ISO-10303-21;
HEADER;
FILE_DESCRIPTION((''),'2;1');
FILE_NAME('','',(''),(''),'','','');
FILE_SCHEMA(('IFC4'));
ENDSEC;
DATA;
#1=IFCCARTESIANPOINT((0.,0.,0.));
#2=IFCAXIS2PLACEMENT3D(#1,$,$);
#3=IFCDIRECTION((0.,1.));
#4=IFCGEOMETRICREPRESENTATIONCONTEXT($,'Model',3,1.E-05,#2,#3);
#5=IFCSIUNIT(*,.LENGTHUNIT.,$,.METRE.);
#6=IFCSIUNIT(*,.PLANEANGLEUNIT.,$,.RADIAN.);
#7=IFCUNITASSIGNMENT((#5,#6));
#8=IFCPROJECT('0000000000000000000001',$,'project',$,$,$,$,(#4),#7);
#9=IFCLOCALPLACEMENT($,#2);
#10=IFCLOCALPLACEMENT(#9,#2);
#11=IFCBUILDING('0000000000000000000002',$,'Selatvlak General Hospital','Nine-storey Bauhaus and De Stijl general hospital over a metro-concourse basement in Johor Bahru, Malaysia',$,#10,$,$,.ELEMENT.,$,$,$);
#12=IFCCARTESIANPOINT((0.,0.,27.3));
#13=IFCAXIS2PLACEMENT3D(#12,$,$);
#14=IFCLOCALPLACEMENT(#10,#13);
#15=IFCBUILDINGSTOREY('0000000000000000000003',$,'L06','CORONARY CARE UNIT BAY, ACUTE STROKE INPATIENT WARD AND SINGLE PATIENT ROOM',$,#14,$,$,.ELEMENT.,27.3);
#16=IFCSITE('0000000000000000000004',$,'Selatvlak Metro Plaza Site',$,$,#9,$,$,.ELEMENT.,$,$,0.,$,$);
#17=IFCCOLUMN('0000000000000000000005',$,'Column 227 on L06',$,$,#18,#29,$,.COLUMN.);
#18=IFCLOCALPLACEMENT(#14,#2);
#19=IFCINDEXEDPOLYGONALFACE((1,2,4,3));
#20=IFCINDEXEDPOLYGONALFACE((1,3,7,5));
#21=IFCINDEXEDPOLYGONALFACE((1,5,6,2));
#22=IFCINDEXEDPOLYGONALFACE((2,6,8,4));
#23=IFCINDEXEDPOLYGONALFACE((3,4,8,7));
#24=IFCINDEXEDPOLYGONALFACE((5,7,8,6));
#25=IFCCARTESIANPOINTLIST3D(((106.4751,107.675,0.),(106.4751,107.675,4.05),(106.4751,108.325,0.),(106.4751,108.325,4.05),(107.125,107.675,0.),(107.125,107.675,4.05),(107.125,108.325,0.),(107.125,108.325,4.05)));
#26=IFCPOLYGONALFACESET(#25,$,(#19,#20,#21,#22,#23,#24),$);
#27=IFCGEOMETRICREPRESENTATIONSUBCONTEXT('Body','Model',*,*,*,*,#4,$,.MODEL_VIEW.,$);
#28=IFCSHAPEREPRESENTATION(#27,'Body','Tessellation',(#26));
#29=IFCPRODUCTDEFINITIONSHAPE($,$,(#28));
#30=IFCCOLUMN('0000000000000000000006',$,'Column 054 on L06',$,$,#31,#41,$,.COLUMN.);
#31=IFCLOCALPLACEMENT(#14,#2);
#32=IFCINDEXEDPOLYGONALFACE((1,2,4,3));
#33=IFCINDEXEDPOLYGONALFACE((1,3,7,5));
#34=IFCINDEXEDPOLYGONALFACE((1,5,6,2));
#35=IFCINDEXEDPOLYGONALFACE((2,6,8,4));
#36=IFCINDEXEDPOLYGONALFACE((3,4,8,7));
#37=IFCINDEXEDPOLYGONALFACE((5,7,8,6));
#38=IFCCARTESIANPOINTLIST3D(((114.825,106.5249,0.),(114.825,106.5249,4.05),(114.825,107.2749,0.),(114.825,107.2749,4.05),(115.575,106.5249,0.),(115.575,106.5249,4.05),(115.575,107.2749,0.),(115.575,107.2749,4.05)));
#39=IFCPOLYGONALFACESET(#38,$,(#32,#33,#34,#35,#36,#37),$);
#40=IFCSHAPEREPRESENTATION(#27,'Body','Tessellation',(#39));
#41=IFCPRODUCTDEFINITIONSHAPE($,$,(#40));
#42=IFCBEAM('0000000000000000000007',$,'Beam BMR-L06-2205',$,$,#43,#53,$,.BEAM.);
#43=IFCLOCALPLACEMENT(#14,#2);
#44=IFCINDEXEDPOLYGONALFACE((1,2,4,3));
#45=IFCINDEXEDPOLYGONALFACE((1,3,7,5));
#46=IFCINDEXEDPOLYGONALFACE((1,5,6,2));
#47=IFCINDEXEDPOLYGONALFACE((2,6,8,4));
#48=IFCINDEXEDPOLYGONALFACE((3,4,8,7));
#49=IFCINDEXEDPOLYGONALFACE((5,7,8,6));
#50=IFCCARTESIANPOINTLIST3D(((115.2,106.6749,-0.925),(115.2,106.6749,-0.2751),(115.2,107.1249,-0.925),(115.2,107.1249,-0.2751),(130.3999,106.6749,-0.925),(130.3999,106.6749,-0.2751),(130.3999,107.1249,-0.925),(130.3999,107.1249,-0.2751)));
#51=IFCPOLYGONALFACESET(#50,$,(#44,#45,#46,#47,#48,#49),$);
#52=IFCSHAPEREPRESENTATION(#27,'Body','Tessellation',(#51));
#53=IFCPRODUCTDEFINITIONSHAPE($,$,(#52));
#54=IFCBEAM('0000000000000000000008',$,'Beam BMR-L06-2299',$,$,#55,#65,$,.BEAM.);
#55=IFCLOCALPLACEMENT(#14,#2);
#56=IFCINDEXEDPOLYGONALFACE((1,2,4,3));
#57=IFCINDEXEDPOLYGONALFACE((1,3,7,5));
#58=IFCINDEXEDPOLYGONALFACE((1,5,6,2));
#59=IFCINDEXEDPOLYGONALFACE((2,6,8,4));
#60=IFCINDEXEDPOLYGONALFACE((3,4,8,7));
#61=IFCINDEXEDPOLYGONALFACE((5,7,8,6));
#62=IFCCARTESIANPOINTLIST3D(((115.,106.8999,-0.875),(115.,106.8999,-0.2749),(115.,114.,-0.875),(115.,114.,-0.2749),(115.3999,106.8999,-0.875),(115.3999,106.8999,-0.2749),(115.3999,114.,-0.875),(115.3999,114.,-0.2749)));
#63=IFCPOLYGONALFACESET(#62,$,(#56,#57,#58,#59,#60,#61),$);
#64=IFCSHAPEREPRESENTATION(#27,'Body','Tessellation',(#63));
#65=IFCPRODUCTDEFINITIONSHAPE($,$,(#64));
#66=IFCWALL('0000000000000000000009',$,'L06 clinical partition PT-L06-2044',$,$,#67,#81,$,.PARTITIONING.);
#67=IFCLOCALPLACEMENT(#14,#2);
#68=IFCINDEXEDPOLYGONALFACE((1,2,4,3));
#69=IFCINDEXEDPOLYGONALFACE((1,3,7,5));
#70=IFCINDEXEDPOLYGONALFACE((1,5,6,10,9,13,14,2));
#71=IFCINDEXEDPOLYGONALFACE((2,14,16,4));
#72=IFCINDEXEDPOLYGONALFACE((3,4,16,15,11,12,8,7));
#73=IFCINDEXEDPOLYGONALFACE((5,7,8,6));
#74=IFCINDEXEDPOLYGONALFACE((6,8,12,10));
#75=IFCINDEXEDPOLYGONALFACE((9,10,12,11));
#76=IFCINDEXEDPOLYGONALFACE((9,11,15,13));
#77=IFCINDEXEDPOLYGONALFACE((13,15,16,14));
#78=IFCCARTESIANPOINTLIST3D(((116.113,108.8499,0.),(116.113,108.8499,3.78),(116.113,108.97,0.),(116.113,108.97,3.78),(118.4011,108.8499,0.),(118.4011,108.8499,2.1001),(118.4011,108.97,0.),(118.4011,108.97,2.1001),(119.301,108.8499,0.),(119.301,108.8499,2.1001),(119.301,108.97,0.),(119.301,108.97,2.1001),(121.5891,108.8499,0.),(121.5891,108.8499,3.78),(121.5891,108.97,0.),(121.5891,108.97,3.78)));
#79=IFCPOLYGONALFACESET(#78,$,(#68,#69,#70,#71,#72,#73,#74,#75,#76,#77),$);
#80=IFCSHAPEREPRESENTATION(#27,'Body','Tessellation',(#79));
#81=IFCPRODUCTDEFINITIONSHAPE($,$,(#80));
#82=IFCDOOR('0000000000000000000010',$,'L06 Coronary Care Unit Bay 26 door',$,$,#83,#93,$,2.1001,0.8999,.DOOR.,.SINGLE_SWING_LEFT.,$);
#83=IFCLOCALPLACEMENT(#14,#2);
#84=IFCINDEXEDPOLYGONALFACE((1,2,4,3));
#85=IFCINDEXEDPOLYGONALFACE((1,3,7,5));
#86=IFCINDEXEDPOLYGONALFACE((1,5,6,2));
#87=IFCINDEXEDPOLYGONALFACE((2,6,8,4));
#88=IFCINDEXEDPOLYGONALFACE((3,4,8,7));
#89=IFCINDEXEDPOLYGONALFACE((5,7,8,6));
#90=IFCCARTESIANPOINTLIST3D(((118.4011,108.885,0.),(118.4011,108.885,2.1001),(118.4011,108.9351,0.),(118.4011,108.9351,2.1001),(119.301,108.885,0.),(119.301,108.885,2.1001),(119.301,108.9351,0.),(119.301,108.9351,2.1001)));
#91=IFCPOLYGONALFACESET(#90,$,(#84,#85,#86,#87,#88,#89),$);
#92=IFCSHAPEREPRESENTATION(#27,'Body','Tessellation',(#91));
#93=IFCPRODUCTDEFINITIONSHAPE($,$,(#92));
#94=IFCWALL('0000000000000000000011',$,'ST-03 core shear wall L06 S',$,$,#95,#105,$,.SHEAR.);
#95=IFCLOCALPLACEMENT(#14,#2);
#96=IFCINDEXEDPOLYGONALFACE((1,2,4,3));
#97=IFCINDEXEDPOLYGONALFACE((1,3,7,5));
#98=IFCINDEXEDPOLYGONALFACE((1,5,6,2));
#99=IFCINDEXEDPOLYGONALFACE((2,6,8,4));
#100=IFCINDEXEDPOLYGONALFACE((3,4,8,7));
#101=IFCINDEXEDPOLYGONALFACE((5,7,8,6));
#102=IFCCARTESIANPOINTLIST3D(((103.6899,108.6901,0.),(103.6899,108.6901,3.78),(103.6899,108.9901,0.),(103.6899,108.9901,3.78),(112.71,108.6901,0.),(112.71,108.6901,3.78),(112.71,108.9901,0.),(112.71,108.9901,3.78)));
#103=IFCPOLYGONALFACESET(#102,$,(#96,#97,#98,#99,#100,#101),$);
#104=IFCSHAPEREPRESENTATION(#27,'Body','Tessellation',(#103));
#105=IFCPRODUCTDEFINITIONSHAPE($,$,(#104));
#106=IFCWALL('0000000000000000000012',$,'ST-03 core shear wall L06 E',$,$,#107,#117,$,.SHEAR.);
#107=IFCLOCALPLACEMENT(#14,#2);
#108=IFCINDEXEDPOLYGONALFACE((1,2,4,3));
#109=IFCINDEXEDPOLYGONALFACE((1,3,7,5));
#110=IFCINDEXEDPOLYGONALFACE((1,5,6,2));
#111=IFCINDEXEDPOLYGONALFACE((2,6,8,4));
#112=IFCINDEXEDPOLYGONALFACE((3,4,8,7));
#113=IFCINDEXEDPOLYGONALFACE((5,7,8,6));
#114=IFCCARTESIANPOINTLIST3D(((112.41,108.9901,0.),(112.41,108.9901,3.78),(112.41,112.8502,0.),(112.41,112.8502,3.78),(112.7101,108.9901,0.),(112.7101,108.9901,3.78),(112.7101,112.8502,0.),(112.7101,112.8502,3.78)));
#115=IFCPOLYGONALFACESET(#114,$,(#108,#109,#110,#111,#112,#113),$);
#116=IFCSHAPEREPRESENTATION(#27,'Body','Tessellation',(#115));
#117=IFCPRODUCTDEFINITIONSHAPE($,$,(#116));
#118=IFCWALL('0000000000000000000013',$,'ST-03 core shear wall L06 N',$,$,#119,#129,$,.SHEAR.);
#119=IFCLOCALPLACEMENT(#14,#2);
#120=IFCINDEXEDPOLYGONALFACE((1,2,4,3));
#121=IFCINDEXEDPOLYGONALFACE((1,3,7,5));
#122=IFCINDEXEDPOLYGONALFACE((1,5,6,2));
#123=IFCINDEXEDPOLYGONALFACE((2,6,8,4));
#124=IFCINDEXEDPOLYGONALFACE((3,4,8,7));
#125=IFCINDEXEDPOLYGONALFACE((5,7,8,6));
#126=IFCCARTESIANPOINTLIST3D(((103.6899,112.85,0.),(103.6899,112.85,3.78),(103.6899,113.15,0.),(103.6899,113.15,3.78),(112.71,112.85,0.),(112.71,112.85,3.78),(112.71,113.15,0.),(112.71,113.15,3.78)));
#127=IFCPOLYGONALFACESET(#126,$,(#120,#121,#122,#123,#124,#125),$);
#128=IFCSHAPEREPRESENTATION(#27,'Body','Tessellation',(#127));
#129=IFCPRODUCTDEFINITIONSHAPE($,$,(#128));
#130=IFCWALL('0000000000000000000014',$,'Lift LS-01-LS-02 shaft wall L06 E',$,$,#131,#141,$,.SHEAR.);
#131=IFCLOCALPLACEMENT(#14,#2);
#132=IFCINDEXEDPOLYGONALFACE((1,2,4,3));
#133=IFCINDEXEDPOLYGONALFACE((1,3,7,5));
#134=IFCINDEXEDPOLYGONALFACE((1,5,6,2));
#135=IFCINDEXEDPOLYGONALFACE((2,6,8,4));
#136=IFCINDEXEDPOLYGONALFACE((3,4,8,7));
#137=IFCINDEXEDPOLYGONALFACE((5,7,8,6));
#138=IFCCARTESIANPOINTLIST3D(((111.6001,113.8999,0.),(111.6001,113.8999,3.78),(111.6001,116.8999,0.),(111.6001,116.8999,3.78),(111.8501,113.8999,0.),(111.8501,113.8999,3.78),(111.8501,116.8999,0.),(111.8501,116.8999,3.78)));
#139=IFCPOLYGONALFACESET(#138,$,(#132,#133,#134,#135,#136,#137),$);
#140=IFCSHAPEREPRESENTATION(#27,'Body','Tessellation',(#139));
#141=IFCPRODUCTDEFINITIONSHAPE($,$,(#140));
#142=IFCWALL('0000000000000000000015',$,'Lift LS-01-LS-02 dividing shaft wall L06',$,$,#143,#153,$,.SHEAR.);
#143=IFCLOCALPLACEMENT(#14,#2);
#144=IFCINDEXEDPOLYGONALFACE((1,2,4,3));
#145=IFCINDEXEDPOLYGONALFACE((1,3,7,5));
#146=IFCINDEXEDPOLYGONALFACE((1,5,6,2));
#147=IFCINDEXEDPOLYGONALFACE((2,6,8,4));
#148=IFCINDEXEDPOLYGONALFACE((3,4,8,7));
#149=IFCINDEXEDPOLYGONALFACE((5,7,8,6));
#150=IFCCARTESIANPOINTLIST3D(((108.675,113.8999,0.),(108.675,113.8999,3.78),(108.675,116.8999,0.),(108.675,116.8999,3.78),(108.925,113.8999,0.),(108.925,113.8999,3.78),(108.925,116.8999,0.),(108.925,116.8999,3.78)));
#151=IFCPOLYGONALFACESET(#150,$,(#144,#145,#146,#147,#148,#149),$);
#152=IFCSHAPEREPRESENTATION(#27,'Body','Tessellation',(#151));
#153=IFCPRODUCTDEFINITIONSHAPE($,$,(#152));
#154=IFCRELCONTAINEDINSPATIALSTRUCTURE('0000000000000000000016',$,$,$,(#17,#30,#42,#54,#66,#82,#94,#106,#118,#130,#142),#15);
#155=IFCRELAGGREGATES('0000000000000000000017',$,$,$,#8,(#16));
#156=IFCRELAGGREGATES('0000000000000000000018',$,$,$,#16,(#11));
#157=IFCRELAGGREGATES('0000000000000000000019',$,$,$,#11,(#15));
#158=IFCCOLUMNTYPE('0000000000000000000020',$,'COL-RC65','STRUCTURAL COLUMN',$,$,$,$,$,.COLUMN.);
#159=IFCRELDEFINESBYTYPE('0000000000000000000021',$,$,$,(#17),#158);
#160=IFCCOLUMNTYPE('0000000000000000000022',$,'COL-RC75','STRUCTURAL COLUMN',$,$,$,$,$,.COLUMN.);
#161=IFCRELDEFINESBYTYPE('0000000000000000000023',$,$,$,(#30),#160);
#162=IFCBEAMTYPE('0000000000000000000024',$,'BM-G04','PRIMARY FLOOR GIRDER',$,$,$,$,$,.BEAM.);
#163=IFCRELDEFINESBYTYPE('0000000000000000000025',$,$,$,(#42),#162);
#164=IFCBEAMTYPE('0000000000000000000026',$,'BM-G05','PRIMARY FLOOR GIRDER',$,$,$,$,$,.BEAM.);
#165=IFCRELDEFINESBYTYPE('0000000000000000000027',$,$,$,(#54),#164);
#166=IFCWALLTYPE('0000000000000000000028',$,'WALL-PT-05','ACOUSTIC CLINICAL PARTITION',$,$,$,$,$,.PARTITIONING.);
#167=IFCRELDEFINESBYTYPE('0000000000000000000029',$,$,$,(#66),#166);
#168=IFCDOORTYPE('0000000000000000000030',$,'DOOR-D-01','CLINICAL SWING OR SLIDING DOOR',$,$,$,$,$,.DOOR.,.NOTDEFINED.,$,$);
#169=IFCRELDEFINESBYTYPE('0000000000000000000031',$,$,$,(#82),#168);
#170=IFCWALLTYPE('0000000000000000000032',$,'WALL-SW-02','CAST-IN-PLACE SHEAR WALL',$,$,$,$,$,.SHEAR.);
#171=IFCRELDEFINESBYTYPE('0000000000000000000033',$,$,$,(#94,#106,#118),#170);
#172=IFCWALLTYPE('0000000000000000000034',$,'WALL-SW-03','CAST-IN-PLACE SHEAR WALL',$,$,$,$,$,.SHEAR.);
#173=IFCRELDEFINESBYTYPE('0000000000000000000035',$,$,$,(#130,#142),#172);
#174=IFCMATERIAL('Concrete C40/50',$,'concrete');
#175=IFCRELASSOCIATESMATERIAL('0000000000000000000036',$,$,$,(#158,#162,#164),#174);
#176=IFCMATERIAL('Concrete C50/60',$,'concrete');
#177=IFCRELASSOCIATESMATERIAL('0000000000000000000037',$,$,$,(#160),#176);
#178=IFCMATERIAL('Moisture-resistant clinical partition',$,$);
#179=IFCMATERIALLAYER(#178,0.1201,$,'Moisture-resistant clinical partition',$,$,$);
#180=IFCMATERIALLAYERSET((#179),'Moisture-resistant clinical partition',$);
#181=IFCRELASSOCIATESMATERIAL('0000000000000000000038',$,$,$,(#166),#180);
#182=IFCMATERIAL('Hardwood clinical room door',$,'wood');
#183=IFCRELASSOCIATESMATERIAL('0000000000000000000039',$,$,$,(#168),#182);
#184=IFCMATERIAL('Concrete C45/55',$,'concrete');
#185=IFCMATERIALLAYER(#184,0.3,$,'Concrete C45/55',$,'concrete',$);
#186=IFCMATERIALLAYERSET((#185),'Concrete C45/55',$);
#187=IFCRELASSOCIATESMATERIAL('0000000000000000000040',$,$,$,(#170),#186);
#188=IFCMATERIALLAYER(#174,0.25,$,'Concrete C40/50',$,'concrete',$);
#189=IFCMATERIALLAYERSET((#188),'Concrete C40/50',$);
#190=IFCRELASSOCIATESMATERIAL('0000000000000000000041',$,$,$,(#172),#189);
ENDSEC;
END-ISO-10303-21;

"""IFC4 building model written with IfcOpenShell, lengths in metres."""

from ifc_helpers import new_model, si_unit, direction, frame, frame_2d, origin, origin_2d, place, context, subcontext, project, spatial, rectangle, extrude, material, layer, layer_set, material_profile, profile_set, type_object, element, fill, save


model = new_model("IFC4")

# Units and contexts
model_context = context("Model", 3, precision=1e-05, world=origin(), true_north=direction((0.0, 1.0)))
body_context = subcontext(model_context, "Body", "Model", "MODEL_VIEW")
ifc_project = project(units=[si_unit("LENGTHUNIT", "METRE"), si_unit("PLANEANGLEUNIT", "RADIAN")], contexts=[model_context])

# Site, building, storey
site_placement = place(None, origin())
site = spatial("IfcSite", under=ifc_project, at=site_placement, Name="Selatvlak Metro Plaza Site", CompositionType="ELEMENT", RefElevation=0.0)
building_placement = place(site_placement, origin())
building = spatial("IfcBuilding", under=site, at=building_placement, Name="Selatvlak General Hospital", Description="Nine-storey Bauhaus and De Stijl general hospital over a metro-concourse basement in Johor Bahru, Malaysia", CompositionType="ELEMENT")
storey_placement = place(building_placement, frame((0.0, 0.0, 27.3)))
storey = spatial("IfcBuildingStorey", under=building, at=storey_placement, Name="L06", Description="CORONARY CARE UNIT BAY, ACUTE STROKE INPATIENT WARD AND SINGLE PATIENT ROOM", CompositionType="ELEMENT", Elevation=27.3)

# Columns
ifc_material_1 = material(Name="Concrete C40/50", Category="concrete")
ifc_material_profile_1 = material_profile(ifc_material_1, rectangle(XDim=0.6499, YDim=0.6499, at=origin_2d()), Name="RC-COL 650x650")
ifc_profile_set_1 = profile_set([ifc_material_profile_1], Name="Concrete C40/50")
column_type_1 = type_object("IfcColumnType", Name="COL-RC65", Description="STRUCTURAL COLUMN", PredefinedType="COLUMN", material=ifc_profile_set_1)
column_1_placement = place(storey_placement, frame((106.8, 108.0, 0.0), z_axis=(0.0, 0.0, 1.0), x_axis=(1.0, 0.0, 0.0)))
element("IfcColumn", 1, at=column_1_placement, inside=storey, type_object=column_type_1, Name="Column 227 on L06", PredefinedType="COLUMN", context=body_context, shape_type="SweptSolid", body=[
    extrude(rectangle(XDim=0.6499, YDim=0.6499, at=origin_2d()), origin(), (0.0, 0.0, 1.0), 4.05),
])
ifc_material_2 = material(Name="Concrete C50/60", Category="concrete")
ifc_material_profile_2 = material_profile(ifc_material_2, rectangle(XDim=0.75, YDim=0.75, at=origin_2d()), Name="RC-COL 750x750")
ifc_profile_set_2 = profile_set([ifc_material_profile_2], Name="Concrete C50/60")
column_type_2 = type_object("IfcColumnType", Name="COL-RC75", Description="STRUCTURAL COLUMN", PredefinedType="COLUMN", material=ifc_profile_set_2)
column_2_placement = place(storey_placement, frame((115.2, 106.8999, 0.0), z_axis=(0.0, 0.0, 1.0), x_axis=(1.0, 0.0, 0.0)))
element("IfcColumn", 2, at=column_2_placement, inside=storey, type_object=column_type_2, Name="Column 054 on L06", PredefinedType="COLUMN", context=body_context, shape_type="SweptSolid", body=[
    extrude(rectangle(XDim=0.75, YDim=0.75, at=origin_2d()), origin(), (0.0, 0.0, 1.0), 4.05),
])

# Beams
ifc_material_profile_3 = material_profile(ifc_material_1, rectangle(XDim=0.45, YDim=0.6499, at=origin_2d()), Name="RC-BM 450x650")
ifc_profile_set_3 = profile_set([ifc_material_profile_3], Name="Concrete C40/50")
beam_type_1 = type_object("IfcBeamType", Name="BM-G04", Description="PRIMARY FLOOR GIRDER", PredefinedType="BEAM", material=ifc_profile_set_3)
beam_1_placement = place(storey_placement, frame((115.2, 106.8999, -0.6001), z_axis=(1.0, 0.0, 0.0), x_axis=(0.0, 1.0, 0.0)))
element("IfcBeam", 3, at=beam_1_placement, inside=storey, type_object=beam_type_1, Name="Beam BMR-L06-2205", PredefinedType="BEAM", context=body_context, shape_type="SweptSolid", body=[
    extrude(rectangle(XDim=0.45, YDim=0.6499, at=origin_2d()), origin(), (0.0, 0.0, 1.0), 15.2),
])
ifc_material_profile_4 = material_profile(ifc_material_1, rectangle(XDim=0.3999, YDim=0.6001, at=origin_2d()), Name="RC-BM 400x600")
ifc_profile_set_4 = profile_set([ifc_material_profile_4], Name="Concrete C40/50")
beam_type_2 = type_object("IfcBeamType", Name="BM-G05", Description="PRIMARY FLOOR GIRDER", PredefinedType="BEAM", material=ifc_profile_set_4)
beam_2_placement = place(storey_placement, frame((115.2, 106.8999, -0.575), z_axis=(0.0, 1.0, 0.0), x_axis=(-1.0, 0.0, 0.0)))
element("IfcBeam", 4, at=beam_2_placement, inside=storey, type_object=beam_type_2, Name="Beam BMR-L06-2299", PredefinedType="BEAM", context=body_context, shape_type="SweptSolid", body=[
    extrude(rectangle(XDim=0.3999, YDim=0.6001, at=origin_2d()), origin(), (0.0, 0.0, 1.0), 7.1001),
])

# Wall, opening, door
ifc_material_3 = material(Name="Moisture-resistant clinical partition")
ifc_layer_1 = layer(ifc_material_3, 0.1201, Name="Moisture-resistant clinical partition")
ifc_layer_set_1 = layer_set([ifc_layer_1], Name="Moisture-resistant clinical partition")
wall_type_1 = type_object("IfcWallType", Name="WALL-PT-05", Description="ACOUSTIC CLINICAL PARTITION", PredefinedType="PARTITIONING", material=ifc_layer_set_1)
wall_1_placement = place(storey_placement, frame((121.5891, 108.9099, 0.0), z_axis=(0.0, 0.0, 1.0), x_axis=(-1.0, 0.0, 0.0)))
wall_1 = element("IfcWall", 5, at=wall_1_placement, inside=storey, type_object=wall_type_1, Name="L06 clinical partition PT-L06-2044", PredefinedType="PARTITIONING", context=body_context, shape_type="SweptSolid", body=[
    extrude(rectangle(XDim=5.4761, YDim=0.1201, at=frame_2d((2.738, 0.0))), origin(), (0.0, 0.0, 1.0), 3.78),
])
opening_1_placement = place(wall_1_placement, frame((2.2881, 0.0, 0.0)))
opening_1 = element("IfcOpeningElement", 6, at=opening_1_placement, cuts=wall_1, PredefinedType="OPENING", context=body_context, shape_type="SweptSolid", body=[
    extrude(rectangle(XDim=0.8999, YDim=2.1001, at=frame_2d((0.45, 1.05))), frame((0.0, 0.0701, 0.0), z_axis=(0.0, -1.0, 0.0), x_axis=(1.0, 0.0, 0.0)), (0.0, 0.0, 1.0), 0.1401),
])
ifc_material_4 = material(Name="Hardwood clinical room door", Category="wood")
door_type_1 = type_object("IfcDoorType", Name="DOOR-D-01", Description="CLINICAL SWING OR SLIDING DOOR", OperationType="NOTDEFINED", PredefinedType="DOOR", material=ifc_material_4)
door_1_placement = place(opening_1_placement, origin())
door_1 = element("IfcDoor", 7, at=door_1_placement, inside=storey, type_object=door_type_1, Name="L06 Coronary Care Unit Bay 26 door", OperationType="SINGLE_SWING_LEFT", OverallHeight=2.1001, OverallWidth=0.8999, PredefinedType="DOOR", context=body_context, shape_type="SweptSolid", body=[
    extrude(rectangle(XDim=0.8999, YDim=2.1001, at=frame_2d((0.45, 1.05))), frame((0.0, 0.0249, 0.0), z_axis=(0.0, -1.0, 0.0), x_axis=(1.0, 0.0, 0.0)), (0.0, 0.0, 1.0), 0.05),
])
fill(opening_1, door_1)

# Walls
ifc_material_5 = material(Name="Concrete C45/55", Category="concrete")
ifc_layer_2 = layer(ifc_material_5, 0.3, Name="Concrete C45/55", Category="concrete")
ifc_layer_set_2 = layer_set([ifc_layer_2], Name="Concrete C45/55")
wall_type_2 = type_object("IfcWallType", Name="WALL-SW-02", Description="CAST-IN-PLACE SHEAR WALL", PredefinedType="SHEAR", material=ifc_layer_set_2)
wall_2_placement = place(storey_placement, frame((103.6899, 108.8401, 0.0), z_axis=(0.0, 0.0, 1.0), x_axis=(1.0, 0.0, 0.0)))
element("IfcWall", 8, at=wall_2_placement, inside=storey, type_object=wall_type_2, Name="ST-03 core shear wall L06 S", PredefinedType="SHEAR", context=body_context, shape_type="SweptSolid", body=[
    extrude(rectangle(XDim=9.02, YDim=0.3, at=frame_2d((4.51, 0.0))), origin(), (0.0, 0.0, 1.0), 3.78),
])
wall_3_placement = place(storey_placement, frame((112.5601, 108.99, 0.0), z_axis=(0.0, 0.0, 1.0), x_axis=(0.0, 1.0, 0.0)))
element("IfcWall", 9, at=wall_3_placement, inside=storey, type_object=wall_type_2, Name="ST-03 core shear wall L06 E", PredefinedType="SHEAR", context=body_context, shape_type="SweptSolid", body=[
    extrude(rectangle(XDim=3.8601, YDim=0.3, at=frame_2d((1.9302, 0.0))), origin(), (0.0, 0.0, 1.0), 3.78),
])
wall_4_placement = place(storey_placement, frame((112.71, 113.0, 0.0), z_axis=(0.0, 0.0, 1.0), x_axis=(-1.0, 0.0, 0.0)))
element("IfcWall", 10, at=wall_4_placement, inside=storey, type_object=wall_type_2, Name="ST-03 core shear wall L06 N", PredefinedType="SHEAR", context=body_context, shape_type="SweptSolid", body=[
    extrude(rectangle(XDim=9.02, YDim=0.3, at=frame_2d((4.51, 0.0))), origin(), (0.0, 0.0, 1.0), 3.78),
])

# Shared definitions
ifc_layer_3 = layer(ifc_material_1, 0.25, Name="Concrete C40/50", Category="concrete")
ifc_layer_set_3 = layer_set([ifc_layer_3], Name="Concrete C40/50")
wall_type_3 = type_object("IfcWallType", Name="WALL-SW-03", Description="CAST-IN-PLACE SHEAR WALL", PredefinedType="SHEAR", material=ifc_layer_set_3)

# Walls
for number, where, z_axis, x_axis, name in (
    (11, (111.7251, 113.8999, 0.0), (0.0, 0.0, 1.0), (0.0, 1.0, 0.0), "Lift LS-01-LS-02 shaft wall L06 E"),
    (12, (108.8, 113.8999, 0.0), (0.0, 0.0, 1.0), (0.0, 1.0, 0.0), "Lift LS-01-LS-02 dividing shaft wall L06"),
):
    element("IfcWall", number, at=place(storey_placement, frame(where, z_axis=z_axis, x_axis=x_axis)), inside=storey, type_object=wall_type_3, Name=name, PredefinedType="SHEAR", context=body_context, shape_type="SweptSolid", body=[
        extrude(rectangle(XDim=3.0, YDim=0.25, at=frame_2d((1.5, 0.0))), origin(), (0.0, 0.0, 1.0), 3.78),
    ])

save(model, "model.ifc")
